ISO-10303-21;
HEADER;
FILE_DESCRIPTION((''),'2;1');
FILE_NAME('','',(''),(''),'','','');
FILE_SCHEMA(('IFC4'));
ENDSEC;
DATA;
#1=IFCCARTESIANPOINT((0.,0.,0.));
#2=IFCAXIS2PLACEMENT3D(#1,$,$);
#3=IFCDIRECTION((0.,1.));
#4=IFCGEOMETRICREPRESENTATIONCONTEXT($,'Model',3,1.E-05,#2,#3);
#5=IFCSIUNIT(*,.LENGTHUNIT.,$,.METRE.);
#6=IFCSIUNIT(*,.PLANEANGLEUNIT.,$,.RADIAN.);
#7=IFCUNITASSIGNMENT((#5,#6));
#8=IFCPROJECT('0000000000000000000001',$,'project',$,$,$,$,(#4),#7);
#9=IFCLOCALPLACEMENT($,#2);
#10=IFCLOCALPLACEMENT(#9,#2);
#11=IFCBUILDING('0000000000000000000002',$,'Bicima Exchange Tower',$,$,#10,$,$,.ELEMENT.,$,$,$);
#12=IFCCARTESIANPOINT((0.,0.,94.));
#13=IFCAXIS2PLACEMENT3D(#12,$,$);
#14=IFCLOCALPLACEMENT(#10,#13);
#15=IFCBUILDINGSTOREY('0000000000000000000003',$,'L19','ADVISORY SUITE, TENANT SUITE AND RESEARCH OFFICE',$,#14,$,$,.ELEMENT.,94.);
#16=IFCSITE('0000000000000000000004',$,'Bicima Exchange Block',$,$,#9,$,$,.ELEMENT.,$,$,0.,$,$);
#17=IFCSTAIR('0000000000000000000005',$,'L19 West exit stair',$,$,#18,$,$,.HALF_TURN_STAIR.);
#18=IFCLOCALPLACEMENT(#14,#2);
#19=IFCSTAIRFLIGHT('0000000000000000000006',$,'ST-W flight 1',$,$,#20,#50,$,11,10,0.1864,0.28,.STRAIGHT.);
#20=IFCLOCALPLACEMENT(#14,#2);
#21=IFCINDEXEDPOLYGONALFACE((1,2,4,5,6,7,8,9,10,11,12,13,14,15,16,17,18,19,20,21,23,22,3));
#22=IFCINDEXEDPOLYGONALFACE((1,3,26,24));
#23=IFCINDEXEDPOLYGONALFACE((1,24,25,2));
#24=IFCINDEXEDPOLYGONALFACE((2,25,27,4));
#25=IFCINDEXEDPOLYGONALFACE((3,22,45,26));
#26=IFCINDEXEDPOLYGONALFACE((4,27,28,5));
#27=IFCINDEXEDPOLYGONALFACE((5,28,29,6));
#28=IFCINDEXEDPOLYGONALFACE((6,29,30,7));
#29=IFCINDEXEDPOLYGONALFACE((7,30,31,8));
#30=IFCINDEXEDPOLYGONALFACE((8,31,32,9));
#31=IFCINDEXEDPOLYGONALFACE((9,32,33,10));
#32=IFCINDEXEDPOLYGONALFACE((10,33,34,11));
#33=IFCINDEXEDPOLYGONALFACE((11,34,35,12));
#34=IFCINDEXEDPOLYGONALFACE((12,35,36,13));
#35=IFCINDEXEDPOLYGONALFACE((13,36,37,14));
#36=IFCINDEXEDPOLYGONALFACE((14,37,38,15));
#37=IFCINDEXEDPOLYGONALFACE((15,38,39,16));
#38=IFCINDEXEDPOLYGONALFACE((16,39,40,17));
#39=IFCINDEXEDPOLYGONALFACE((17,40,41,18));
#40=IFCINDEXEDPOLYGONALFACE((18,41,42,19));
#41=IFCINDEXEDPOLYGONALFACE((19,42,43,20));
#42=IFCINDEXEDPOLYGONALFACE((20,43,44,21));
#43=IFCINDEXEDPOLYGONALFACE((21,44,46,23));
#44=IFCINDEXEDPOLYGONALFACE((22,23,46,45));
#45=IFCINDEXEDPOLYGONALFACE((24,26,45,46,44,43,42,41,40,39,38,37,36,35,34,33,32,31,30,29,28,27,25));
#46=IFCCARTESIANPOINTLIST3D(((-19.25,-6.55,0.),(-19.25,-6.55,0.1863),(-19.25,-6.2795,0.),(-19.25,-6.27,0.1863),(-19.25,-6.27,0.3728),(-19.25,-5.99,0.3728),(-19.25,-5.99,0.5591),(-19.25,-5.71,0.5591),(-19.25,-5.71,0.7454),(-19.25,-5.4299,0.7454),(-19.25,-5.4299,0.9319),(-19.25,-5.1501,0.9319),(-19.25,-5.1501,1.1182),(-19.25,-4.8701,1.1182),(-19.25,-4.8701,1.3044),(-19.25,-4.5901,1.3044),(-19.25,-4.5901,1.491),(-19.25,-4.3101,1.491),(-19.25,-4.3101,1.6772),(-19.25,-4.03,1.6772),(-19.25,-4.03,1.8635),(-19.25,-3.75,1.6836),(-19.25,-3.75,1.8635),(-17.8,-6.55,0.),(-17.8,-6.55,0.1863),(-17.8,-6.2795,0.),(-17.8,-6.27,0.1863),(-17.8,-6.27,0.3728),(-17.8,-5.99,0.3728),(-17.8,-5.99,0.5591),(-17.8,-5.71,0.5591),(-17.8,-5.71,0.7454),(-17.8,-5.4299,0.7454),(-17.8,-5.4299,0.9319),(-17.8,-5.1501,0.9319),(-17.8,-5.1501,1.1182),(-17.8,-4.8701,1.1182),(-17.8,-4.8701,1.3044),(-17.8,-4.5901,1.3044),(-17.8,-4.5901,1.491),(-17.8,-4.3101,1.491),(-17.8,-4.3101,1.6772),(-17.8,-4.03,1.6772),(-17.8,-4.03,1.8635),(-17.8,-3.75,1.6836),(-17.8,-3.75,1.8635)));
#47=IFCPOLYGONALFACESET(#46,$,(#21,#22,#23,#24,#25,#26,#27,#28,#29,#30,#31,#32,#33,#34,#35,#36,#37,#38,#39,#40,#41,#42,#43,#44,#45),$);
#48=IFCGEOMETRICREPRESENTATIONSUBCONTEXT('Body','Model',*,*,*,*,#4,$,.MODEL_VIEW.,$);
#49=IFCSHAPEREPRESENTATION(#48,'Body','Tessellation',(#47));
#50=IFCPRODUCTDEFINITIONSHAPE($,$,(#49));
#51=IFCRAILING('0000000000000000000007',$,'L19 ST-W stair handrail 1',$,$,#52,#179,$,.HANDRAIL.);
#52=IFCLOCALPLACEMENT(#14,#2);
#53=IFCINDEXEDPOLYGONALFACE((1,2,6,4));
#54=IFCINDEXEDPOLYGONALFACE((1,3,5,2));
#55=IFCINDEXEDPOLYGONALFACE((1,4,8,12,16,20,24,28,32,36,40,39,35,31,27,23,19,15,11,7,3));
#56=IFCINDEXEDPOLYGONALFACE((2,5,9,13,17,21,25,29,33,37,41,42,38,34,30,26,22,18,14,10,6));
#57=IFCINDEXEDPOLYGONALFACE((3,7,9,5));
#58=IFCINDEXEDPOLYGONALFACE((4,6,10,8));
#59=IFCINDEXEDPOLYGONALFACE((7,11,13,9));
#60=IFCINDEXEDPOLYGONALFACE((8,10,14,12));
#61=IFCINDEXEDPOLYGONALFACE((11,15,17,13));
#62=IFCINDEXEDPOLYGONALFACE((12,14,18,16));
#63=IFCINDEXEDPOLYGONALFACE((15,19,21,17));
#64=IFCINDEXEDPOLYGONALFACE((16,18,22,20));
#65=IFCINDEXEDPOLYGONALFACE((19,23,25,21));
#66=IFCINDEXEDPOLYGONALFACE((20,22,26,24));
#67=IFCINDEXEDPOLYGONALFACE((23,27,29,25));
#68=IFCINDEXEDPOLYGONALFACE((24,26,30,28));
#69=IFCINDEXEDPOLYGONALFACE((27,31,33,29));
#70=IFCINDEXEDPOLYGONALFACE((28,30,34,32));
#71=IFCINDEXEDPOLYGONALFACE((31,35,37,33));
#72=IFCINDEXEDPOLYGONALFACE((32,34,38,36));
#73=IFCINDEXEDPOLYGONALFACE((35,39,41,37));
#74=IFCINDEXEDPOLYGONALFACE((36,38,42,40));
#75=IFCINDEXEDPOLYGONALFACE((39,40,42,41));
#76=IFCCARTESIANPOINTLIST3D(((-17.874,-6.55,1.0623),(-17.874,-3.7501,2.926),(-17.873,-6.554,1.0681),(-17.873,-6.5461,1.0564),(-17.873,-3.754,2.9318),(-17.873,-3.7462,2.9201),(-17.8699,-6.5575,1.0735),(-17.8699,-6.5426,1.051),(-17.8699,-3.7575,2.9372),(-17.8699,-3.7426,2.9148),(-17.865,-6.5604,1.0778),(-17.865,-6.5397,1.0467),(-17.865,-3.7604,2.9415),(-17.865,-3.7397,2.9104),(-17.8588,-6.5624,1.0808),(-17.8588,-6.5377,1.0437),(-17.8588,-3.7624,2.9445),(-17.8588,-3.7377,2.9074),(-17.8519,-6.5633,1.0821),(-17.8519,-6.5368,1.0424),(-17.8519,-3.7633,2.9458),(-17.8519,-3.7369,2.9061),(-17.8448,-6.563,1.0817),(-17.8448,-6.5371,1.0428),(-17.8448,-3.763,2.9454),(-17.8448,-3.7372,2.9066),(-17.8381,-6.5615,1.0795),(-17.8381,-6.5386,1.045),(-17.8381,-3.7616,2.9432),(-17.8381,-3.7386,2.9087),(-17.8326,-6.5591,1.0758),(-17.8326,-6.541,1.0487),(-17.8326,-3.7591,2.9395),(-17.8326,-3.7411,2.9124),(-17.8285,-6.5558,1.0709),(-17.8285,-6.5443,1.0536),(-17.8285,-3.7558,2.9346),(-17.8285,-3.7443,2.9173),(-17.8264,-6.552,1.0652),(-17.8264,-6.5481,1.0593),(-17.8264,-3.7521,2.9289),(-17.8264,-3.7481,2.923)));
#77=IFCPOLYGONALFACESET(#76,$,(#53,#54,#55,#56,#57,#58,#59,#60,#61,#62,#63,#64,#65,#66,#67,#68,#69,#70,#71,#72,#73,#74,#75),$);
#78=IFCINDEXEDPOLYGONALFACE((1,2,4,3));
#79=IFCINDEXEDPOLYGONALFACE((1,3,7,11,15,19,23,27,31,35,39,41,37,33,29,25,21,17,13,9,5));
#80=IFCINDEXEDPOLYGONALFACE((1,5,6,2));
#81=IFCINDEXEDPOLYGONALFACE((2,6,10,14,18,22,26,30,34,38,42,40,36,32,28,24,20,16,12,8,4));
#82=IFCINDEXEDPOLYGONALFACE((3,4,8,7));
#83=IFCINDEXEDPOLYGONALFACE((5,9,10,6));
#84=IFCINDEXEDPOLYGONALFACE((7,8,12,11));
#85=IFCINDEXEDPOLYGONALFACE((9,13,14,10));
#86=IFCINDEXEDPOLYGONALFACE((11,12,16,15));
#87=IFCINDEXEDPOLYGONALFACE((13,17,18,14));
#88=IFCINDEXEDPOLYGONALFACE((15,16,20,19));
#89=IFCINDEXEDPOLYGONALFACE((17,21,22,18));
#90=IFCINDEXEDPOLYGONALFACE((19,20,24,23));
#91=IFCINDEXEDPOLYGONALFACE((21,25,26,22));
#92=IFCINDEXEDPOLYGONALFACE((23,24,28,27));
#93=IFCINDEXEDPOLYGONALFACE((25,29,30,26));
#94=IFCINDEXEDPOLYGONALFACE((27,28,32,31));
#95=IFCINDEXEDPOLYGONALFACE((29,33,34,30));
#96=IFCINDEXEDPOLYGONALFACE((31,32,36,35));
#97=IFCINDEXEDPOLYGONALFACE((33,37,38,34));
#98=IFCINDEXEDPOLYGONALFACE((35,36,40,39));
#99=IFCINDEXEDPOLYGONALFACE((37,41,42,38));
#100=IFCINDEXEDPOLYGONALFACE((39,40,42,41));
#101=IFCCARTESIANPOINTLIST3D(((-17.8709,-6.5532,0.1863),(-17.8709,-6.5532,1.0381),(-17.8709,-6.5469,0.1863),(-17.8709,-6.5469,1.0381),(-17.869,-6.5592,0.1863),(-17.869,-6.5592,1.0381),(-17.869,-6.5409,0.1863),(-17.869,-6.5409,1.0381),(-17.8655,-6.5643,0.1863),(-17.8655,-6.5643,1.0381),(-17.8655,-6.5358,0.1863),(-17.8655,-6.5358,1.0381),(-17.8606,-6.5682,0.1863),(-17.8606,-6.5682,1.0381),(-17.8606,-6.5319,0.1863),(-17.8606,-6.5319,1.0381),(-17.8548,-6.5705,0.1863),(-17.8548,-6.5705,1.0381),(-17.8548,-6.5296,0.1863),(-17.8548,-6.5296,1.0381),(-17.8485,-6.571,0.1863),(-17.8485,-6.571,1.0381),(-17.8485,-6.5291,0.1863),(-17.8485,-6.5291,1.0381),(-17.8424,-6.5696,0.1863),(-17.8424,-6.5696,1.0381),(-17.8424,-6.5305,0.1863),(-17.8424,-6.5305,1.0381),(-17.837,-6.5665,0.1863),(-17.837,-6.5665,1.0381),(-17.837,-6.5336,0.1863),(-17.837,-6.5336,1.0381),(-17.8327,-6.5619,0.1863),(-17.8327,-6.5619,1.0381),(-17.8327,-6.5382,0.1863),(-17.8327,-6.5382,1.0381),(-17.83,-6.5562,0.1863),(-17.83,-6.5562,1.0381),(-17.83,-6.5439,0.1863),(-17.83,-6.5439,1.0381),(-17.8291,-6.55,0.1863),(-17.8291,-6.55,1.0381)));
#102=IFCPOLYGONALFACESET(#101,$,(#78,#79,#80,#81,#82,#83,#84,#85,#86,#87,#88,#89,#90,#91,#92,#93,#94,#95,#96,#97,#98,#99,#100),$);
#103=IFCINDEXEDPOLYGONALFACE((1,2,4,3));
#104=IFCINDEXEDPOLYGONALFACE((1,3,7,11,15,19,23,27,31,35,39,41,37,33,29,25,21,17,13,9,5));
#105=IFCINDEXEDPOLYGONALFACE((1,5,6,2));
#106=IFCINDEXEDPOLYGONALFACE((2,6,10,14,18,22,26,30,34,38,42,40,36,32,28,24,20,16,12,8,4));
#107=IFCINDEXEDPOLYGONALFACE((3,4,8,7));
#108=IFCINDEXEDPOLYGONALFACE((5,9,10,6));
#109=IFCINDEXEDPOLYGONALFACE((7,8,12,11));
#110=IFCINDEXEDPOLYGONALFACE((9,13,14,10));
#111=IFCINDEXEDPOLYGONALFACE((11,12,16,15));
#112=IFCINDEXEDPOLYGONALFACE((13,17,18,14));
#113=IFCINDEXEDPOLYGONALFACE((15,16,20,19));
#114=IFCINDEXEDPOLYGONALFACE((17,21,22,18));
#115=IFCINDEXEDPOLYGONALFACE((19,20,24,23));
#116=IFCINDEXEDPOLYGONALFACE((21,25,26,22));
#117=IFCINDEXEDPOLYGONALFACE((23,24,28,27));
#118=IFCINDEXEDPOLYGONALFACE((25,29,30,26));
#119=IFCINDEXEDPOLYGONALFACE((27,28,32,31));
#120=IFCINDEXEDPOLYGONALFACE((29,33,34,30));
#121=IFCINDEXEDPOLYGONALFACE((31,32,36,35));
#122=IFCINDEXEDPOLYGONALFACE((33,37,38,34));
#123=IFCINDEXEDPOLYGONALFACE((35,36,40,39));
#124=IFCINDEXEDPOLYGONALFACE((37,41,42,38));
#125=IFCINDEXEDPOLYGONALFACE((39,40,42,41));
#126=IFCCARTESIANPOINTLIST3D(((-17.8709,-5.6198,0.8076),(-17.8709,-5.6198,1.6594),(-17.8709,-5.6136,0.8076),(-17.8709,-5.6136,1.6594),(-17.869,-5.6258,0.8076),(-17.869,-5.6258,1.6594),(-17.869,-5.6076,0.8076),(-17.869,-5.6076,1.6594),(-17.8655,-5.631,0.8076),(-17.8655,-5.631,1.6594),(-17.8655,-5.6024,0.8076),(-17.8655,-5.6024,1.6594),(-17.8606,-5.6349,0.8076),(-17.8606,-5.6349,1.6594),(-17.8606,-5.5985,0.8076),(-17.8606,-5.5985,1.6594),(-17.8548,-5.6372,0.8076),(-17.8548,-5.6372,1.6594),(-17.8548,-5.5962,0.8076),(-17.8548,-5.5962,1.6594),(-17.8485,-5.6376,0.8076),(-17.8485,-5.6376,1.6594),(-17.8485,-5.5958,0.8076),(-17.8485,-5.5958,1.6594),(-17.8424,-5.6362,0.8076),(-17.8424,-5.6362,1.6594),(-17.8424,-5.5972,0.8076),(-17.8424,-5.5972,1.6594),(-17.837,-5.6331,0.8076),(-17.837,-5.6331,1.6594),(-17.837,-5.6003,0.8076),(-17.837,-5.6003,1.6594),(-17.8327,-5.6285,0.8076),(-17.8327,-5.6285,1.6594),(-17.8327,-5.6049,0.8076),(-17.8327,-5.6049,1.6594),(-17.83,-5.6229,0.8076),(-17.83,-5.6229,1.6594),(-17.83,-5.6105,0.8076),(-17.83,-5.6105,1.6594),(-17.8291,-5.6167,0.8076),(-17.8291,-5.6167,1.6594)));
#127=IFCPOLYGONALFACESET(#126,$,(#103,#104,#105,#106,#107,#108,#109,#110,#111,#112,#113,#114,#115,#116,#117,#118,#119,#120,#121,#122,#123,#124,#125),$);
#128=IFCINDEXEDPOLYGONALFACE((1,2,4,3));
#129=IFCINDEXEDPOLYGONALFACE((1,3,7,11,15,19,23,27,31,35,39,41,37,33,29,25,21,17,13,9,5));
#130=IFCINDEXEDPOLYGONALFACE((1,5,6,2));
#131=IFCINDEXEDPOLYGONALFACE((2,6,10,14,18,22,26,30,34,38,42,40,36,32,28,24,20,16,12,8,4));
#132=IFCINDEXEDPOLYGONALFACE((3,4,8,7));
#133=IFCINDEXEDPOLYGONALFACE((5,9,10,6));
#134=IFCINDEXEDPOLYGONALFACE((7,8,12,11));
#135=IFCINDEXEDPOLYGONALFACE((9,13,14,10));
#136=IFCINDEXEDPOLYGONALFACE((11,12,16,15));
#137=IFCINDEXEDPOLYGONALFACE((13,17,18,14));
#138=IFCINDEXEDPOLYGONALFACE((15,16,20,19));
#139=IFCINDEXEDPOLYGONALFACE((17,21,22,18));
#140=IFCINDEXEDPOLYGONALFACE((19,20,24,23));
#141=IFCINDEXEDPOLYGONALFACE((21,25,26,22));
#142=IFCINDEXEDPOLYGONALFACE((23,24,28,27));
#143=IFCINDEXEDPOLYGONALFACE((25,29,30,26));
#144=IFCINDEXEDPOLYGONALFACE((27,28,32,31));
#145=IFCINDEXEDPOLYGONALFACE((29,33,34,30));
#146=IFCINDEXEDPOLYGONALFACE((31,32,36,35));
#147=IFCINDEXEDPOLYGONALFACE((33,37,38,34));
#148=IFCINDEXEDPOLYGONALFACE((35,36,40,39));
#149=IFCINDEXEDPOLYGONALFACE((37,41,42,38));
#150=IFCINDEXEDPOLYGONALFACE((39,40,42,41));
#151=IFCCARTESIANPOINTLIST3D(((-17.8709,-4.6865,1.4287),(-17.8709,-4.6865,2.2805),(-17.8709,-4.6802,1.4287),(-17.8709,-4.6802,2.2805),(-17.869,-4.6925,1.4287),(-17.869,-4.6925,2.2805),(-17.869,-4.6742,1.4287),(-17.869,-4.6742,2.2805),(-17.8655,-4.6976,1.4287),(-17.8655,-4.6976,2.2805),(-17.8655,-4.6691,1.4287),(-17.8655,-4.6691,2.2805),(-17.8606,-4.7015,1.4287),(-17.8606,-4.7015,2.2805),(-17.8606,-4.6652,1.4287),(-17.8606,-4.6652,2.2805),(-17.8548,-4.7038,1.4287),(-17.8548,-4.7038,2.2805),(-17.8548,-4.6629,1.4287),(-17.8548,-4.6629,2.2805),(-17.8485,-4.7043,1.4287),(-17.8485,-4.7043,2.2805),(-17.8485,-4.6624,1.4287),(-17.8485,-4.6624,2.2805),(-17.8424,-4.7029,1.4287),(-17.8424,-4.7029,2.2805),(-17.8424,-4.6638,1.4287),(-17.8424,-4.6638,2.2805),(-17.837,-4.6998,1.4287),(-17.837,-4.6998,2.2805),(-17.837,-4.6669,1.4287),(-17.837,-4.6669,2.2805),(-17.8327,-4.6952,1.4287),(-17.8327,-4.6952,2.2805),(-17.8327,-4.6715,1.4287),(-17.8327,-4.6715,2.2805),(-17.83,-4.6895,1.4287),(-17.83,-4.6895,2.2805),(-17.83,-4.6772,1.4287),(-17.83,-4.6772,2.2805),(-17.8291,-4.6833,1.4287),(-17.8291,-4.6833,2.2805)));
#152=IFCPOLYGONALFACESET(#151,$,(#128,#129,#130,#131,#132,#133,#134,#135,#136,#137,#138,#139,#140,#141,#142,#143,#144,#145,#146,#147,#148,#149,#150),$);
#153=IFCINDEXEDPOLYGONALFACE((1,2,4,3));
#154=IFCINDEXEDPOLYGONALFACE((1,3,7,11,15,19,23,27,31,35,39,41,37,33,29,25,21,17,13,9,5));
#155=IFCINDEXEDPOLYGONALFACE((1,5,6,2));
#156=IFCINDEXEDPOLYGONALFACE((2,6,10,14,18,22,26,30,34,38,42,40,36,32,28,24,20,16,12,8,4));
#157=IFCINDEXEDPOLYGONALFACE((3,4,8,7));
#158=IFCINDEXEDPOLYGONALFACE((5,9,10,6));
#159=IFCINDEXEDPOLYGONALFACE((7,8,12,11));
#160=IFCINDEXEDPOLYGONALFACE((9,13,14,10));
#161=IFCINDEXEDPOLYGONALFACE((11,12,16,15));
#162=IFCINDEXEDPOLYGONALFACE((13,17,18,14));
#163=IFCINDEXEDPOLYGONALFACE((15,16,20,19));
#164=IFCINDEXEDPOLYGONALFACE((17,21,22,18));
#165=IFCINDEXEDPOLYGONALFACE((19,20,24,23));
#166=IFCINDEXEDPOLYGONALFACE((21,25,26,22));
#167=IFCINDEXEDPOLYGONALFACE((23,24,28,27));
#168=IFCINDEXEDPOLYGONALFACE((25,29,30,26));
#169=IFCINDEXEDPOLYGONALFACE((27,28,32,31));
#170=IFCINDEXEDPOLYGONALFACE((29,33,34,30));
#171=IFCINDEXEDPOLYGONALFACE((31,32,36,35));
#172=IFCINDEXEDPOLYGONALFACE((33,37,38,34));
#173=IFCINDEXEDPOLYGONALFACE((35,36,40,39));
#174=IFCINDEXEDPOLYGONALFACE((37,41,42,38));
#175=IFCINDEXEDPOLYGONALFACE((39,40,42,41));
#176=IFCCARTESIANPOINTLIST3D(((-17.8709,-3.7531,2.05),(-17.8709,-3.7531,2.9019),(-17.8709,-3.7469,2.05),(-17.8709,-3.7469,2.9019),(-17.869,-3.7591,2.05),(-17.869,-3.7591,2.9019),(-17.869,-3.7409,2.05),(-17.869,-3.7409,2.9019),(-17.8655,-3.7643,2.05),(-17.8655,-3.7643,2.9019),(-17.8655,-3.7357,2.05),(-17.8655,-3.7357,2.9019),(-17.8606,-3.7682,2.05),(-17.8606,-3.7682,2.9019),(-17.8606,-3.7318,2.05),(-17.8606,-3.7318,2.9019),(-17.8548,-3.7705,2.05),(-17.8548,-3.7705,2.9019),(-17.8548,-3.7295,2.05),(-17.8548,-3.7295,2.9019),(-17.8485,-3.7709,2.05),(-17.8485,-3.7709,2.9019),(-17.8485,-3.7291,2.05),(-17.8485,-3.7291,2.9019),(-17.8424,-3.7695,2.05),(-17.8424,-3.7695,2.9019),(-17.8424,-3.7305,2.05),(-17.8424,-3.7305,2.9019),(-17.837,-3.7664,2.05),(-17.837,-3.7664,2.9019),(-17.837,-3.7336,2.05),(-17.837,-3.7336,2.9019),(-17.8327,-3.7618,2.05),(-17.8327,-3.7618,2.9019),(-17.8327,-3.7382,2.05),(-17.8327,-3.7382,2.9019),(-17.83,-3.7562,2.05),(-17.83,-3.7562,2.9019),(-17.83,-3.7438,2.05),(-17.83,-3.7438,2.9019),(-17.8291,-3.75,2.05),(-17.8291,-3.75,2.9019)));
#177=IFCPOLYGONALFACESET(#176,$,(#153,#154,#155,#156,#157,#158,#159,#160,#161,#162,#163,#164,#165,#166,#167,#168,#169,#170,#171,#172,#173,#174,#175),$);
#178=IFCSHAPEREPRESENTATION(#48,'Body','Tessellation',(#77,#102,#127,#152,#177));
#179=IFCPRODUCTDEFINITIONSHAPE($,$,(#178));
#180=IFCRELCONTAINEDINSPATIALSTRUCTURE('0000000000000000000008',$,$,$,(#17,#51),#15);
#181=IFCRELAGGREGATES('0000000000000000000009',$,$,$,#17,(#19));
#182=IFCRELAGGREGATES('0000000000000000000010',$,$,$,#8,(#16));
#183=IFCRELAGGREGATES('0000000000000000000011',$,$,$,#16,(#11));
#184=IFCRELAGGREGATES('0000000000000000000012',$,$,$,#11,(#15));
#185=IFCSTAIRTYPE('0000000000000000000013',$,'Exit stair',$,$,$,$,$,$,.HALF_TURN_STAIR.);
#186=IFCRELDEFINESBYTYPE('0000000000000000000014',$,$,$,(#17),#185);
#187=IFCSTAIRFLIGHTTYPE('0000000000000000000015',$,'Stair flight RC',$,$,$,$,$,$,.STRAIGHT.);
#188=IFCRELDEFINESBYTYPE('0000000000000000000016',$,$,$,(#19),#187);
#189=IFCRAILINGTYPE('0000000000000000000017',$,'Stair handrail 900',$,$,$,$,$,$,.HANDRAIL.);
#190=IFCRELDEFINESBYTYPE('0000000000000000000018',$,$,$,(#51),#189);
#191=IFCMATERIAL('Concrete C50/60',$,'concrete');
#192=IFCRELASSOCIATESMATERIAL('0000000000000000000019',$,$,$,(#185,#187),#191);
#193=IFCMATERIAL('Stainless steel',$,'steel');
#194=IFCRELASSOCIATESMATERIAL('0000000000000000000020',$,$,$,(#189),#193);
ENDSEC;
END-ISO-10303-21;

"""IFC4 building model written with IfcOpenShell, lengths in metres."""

from ifc_helpers import new_model, si_unit, direction, frame, origin, origin_2d, place, context, subcontext, project, spatial, polyline, circle, outline, extrude, material, type_object, element, aggregate, save


model = new_model("IFC4")

# Units and contexts
model_context = context("Model", 3, precision=1e-05, world=origin(), true_north=direction((0.0, 1.0)))
body_context = subcontext(model_context, "Body", "Model", "MODEL_VIEW")
ifc_project = project(units=[si_unit("LENGTHUNIT", "METRE"), si_unit("PLANEANGLEUNIT", "RADIAN")], contexts=[model_context])

# Site, building, storey
site_placement = place(None, origin())
site = spatial("IfcSite", under=ifc_project, at=site_placement, Name="Bicima Exchange Block", CompositionType="ELEMENT", RefElevation=0.0)
building_placement = place(site_placement, origin())
building = spatial("IfcBuilding", under=site, at=building_placement, Name="Bicima Exchange Tower", CompositionType="ELEMENT")
storey_placement = place(building_placement, frame((0.0, 0.0, 94.0)))
storey = spatial("IfcBuildingStorey", under=building, at=storey_placement, Name="L19", Description="ADVISORY SUITE, TENANT SUITE AND RESEARCH OFFICE", CompositionType="ELEMENT", Elevation=94.0)

# Shared definitions
ifc_material_1 = material(Name="Concrete C50/60", Category="concrete")

# Shared definitions
ifc_material_2 = material(Name="Stainless steel", Category="steel")

# Stair, stair flight
stair_type = type_object("IfcStairType", Name="Exit stair", PredefinedType="HALF_TURN_STAIR", material=ifc_material_1)
stair_placement = place(storey_placement, origin())
stair = element("IfcStair", 1, at=stair_placement, inside=storey, type_object=stair_type, Name="L19 West exit stair", PredefinedType="HALF_TURN_STAIR")
stair_flight_type = type_object("IfcStairFlightType", Name="Stair flight RC", PredefinedType="STRAIGHT", material=ifc_material_1)
stair_flight_placement = place(storey_placement, frame((-18.5249, -6.55, 0.0), z_axis=(0.0, 0.0, 1.0), x_axis=(0.0, 1.0, 0.0)))
stair_flight = element("IfcStairFlight", 2, at=stair_flight_placement, type_object=stair_flight_type, Name="ST-W flight 1", NumberOfRisers=11, NumberOfTreads=10, PredefinedType="STRAIGHT", RiserHeight=0.1864, TreadLength=0.28, context=body_context, shape_type="SweptSolid", body=[
    extrude(outline(polyline([(0.0, 0.0), (0.0, 0.1863), (0.28, 0.1863), (0.28, 0.3728), (0.5601, 0.3728), (0.5601, 0.5591), (0.8401, 0.5591), (0.8401, 0.7454), (1.1201, 0.7454), (1.1201, 0.9319), (1.3999, 0.9319), (1.3999, 1.1182), (1.6799, 1.1182), (1.6799, 1.3044), (1.96, 1.3044), (1.96, 1.491), (2.24, 1.491), (2.24, 1.6772), (2.52, 1.6772), (2.52, 1.8635), (2.8, 1.8635), (2.8, 2.05), (2.8, 1.6836), (0.2705, 0.0), (0.0, 0.0)])), frame((0.0, 0.7251, 0.0), z_axis=(0.0, -1.0, 0.0), x_axis=(1.0, 0.0, 0.0)), (0.0, 0.0, 1.0), 1.45),
])
aggregate(stair, [stair_flight])

# Railing
railing_type_1 = type_object("IfcRailingType", Name="Stair handrail 900", PredefinedType="HANDRAIL", material=ifc_material_2)
railing_1_placement = place(storey_placement, frame((-17.8501, -6.55, 0.1863)))
element("IfcRailing", 3, at=railing_1_placement, inside=storey, type_object=railing_type_1, Name="L19 ST-W stair handrail 1", PredefinedType="HANDRAIL", context=body_context, shape_type="SweptSolid", body=[
    extrude(circle(Radius=0.0239, at=origin_2d()), frame((0.0, 0.0, 0.876), z_axis=(0.0, 0.832452, 0.554097), x_axis=(-1.0, 0.0, 0.0)), (0.0, 0.0, 1.0), 3.3635),
    extrude(circle(Radius=0.021, at=origin_2d()), origin(), (0.0, 0.0, 1.0), 0.8518),
    extrude(circle(Radius=0.021, at=origin_2d()), frame((0.0, 0.9333, 0.6213)), (0.0, 0.0, 1.0), 0.8518),
    extrude(circle(Radius=0.021, at=origin_2d()), frame((0.0, 1.8667, 1.2424)), (0.0, 0.0, 1.0), 0.8518),
    extrude(circle(Radius=0.021, at=origin_2d()), frame((0.0, 2.8, 1.8638)), (0.0, 0.0, 1.0), 0.8518),
])

save(model, "model.ifc")
